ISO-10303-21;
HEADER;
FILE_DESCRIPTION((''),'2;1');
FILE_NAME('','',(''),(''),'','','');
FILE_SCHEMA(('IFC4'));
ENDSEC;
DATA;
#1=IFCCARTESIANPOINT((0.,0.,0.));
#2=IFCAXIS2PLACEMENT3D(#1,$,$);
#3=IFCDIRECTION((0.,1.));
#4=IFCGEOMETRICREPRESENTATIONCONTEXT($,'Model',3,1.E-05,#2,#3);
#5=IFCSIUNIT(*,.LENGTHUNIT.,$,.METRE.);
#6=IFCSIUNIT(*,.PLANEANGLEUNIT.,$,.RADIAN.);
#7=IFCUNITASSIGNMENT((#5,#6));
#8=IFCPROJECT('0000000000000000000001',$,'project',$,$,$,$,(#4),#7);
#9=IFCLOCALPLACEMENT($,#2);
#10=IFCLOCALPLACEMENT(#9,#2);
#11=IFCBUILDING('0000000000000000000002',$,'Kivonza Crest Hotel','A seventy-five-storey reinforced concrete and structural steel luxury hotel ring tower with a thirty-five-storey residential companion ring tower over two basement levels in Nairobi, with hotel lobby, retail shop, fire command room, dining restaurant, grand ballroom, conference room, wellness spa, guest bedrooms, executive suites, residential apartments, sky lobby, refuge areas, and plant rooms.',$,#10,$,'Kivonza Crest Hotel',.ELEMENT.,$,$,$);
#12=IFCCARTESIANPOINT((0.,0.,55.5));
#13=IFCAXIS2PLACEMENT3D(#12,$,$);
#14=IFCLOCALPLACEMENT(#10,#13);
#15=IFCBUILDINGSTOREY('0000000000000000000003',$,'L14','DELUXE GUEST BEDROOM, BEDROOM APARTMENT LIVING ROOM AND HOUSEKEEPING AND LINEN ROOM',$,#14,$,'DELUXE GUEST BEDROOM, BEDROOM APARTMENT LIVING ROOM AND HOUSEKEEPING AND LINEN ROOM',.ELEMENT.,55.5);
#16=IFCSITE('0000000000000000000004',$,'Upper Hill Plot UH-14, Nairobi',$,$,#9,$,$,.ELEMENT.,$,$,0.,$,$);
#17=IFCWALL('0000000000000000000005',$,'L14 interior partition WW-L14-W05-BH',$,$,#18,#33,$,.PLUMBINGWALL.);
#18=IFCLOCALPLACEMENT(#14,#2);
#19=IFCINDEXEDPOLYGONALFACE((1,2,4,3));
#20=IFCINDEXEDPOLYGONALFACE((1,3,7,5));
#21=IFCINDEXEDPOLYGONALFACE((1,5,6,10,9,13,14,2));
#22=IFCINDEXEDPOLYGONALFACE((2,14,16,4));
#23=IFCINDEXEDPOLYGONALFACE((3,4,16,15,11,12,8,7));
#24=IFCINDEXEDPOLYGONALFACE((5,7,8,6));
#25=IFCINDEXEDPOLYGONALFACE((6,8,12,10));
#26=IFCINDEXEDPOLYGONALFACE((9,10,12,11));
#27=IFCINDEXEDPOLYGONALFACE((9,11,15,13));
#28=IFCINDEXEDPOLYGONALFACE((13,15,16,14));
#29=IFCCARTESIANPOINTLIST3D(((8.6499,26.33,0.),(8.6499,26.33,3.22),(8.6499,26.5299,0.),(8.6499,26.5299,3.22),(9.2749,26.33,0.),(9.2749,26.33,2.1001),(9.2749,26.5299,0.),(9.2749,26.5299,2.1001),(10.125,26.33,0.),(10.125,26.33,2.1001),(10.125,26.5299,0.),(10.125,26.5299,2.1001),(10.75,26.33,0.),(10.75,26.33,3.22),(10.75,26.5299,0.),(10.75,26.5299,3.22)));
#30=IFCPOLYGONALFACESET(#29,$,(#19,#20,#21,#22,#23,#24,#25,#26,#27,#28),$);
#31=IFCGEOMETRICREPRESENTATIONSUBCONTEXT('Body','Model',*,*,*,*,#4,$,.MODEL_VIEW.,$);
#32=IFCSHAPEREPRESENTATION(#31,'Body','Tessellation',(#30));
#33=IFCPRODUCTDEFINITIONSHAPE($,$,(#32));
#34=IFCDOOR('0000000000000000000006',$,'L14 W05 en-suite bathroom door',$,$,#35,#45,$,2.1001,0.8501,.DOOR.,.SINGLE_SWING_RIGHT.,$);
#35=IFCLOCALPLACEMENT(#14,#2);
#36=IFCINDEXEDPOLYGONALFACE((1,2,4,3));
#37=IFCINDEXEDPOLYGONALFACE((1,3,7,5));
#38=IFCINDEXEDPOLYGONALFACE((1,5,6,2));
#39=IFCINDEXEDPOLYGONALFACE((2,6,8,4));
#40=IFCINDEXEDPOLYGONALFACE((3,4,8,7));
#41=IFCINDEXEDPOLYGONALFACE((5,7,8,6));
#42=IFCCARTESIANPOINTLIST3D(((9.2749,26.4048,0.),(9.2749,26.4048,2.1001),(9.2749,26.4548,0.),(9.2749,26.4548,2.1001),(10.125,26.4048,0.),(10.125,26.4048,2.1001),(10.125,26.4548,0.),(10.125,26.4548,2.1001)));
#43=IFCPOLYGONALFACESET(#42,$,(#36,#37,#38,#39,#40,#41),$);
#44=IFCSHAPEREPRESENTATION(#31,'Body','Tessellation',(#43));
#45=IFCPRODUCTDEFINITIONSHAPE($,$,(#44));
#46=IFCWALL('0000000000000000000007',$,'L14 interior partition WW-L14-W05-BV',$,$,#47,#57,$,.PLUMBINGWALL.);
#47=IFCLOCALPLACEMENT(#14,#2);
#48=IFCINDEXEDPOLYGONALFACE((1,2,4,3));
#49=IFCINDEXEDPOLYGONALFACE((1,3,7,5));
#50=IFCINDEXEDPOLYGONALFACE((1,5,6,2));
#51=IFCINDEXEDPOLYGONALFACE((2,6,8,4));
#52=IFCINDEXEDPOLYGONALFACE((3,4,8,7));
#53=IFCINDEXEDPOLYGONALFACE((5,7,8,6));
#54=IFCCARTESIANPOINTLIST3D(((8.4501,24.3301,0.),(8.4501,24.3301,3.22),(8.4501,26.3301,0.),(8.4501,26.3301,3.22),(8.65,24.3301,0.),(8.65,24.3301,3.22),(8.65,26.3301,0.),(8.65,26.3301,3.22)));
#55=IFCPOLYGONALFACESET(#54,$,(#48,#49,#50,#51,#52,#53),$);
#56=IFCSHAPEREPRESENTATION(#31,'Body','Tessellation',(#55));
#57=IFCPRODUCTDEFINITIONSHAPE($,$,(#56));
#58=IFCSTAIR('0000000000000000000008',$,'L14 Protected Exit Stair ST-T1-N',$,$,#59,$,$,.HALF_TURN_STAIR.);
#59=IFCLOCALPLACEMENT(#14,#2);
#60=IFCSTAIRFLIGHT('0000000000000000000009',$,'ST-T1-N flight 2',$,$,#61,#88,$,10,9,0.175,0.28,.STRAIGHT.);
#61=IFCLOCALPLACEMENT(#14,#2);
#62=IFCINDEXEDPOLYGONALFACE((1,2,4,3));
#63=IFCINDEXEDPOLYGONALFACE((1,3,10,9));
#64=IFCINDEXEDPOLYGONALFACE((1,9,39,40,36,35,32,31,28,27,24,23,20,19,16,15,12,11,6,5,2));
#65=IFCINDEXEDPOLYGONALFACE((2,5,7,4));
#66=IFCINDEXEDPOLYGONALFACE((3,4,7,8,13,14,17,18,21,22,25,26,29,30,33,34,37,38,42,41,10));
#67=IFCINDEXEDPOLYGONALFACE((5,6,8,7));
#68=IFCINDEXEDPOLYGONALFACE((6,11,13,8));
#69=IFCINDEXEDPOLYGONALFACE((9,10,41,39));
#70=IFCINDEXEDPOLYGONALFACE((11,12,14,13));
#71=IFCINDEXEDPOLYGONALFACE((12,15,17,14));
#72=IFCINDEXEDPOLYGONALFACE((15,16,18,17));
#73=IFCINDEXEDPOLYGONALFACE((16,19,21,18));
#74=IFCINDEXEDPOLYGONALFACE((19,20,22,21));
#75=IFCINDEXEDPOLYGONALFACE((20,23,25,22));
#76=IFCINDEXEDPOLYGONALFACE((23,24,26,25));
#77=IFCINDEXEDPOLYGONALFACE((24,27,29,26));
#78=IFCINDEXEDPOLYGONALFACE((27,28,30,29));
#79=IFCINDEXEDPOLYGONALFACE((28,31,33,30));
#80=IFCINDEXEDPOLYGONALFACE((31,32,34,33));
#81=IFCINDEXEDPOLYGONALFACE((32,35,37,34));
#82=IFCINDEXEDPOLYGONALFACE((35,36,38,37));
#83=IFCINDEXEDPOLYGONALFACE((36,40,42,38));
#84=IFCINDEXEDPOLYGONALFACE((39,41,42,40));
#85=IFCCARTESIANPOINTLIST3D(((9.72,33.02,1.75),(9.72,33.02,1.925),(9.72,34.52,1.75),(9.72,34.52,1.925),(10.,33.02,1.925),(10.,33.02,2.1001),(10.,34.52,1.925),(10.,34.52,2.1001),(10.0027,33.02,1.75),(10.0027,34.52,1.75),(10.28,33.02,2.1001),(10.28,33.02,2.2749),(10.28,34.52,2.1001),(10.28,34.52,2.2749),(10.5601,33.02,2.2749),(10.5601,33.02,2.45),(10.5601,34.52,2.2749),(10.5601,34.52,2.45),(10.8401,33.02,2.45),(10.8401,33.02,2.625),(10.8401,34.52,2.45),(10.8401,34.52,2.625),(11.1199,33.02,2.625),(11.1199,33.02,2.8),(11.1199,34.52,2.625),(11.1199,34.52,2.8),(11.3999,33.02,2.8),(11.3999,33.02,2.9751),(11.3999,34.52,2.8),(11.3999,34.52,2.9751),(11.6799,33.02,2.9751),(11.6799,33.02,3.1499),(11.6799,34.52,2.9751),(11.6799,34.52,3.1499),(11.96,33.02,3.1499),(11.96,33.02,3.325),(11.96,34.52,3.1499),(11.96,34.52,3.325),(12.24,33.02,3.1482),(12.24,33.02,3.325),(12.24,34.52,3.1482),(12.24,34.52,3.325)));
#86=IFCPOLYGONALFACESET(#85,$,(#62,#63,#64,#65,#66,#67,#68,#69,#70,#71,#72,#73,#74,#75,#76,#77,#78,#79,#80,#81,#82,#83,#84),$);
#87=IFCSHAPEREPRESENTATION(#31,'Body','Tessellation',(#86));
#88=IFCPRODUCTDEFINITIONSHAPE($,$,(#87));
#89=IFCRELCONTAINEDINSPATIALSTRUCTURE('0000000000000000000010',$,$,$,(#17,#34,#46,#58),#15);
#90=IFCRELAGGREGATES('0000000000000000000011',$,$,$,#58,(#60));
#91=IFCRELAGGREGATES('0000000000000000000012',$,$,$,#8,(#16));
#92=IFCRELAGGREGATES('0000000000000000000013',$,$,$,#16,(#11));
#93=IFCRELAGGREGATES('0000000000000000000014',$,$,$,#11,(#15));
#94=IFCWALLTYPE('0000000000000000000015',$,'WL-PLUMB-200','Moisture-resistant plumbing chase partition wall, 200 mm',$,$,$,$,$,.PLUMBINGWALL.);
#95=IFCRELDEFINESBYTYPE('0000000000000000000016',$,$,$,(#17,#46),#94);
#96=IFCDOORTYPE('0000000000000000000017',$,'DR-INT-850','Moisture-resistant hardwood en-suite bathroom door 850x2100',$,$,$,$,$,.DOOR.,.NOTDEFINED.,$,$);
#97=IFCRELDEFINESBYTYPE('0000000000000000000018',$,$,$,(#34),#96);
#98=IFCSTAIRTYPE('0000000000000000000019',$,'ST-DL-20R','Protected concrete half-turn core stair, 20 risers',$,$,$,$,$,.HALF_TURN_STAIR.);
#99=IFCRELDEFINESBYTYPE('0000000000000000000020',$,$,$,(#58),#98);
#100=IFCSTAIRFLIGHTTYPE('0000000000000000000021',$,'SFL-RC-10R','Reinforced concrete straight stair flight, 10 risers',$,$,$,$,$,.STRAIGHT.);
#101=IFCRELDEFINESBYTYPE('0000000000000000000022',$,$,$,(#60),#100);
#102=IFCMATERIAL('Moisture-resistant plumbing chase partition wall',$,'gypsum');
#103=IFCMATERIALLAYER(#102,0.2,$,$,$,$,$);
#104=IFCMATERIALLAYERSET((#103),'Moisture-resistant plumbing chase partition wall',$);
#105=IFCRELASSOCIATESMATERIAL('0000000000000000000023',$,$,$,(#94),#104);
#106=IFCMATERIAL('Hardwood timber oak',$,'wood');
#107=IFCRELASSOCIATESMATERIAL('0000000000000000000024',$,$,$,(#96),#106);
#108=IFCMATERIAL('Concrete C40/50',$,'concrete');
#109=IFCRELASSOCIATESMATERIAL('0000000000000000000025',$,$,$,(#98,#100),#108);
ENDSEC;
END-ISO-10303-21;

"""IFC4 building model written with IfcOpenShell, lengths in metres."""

from ifc_helpers import new_model, si_unit, direction, frame, frame_2d, origin, place, context, subcontext, project, spatial, polyline, rectangle, outline, extrude, material, layer, layer_set, type_object, element, fill, aggregate, save


model = new_model("IFC4")

# Units and contexts
model_context = context("Model", 3, precision=1e-05, world=origin(), true_north=direction((0.0, 1.0)))
body_context = subcontext(model_context, "Body", "Model", "MODEL_VIEW")
ifc_project = project(units=[si_unit("LENGTHUNIT", "METRE"), si_unit("PLANEANGLEUNIT", "RADIAN")], contexts=[model_context])

# Site, building, storey
site_placement = place(None, origin())
site = spatial("IfcSite", under=ifc_project, at=site_placement, Name="Upper Hill Plot UH-14, Nairobi", CompositionType="ELEMENT", RefElevation=0.0)
building_placement = place(site_placement, origin())
building = spatial("IfcBuilding", under=site, at=building_placement, Name="Kivonza Crest Hotel", Description="A seventy-five-storey reinforced concrete and structural steel luxury hotel ring tower with a thirty-five-storey residential companion ring tower over two basement levels in Nairobi, with hotel lobby, retail shop, fire command room, dining restaurant, grand ballroom, conference room, wellness spa, guest bedrooms, executive suites, residential apartments, sky lobby, refuge areas, and plant rooms.", LongName="Kivonza Crest Hotel", CompositionType="ELEMENT")
storey_placement = place(building_placement, frame((0.0, 0.0, 55.5)))
storey = spatial("IfcBuildingStorey", under=building, at=storey_placement, Name="L14", Description="DELUXE GUEST BEDROOM, BEDROOM APARTMENT LIVING ROOM AND HOUSEKEEPING AND LINEN ROOM", LongName="DELUXE GUEST BEDROOM, BEDROOM APARTMENT LIVING ROOM AND HOUSEKEEPING AND LINEN ROOM", CompositionType="ELEMENT", Elevation=55.5)

# Shared definitions
ifc_material_1 = material(Name="Hardwood timber oak", Category="wood")

# Wall, opening, door
ifc_material_2 = material(Name="Moisture-resistant plumbing chase partition wall", Category="gypsum")
ifc_layer_1 = layer(ifc_material_2, 0.2)
ifc_layer_set_1 = layer_set([ifc_layer_1], Name="Moisture-resistant plumbing chase partition wall")
wall_type_1 = type_object("IfcWallType", Name="WL-PLUMB-200", Description="Moisture-resistant plumbing chase partition wall, 200 mm", PredefinedType="PLUMBINGWALL", material=ifc_layer_set_1)
wall_1_placement = place(storey_placement, frame((8.6499, 26.4299, 0.0), z_axis=(0.0, 0.0, 1.0), x_axis=(1.0, 0.0, 0.0)))
wall_1 = element("IfcWall", 1, at=wall_1_placement, inside=storey, type_object=wall_type_1, Name="L14 interior partition WW-L14-W05-BH", PredefinedType="PLUMBINGWALL", context=body_context, shape_type="SweptSolid", body=[
    extrude(rectangle(XDim=2.1001, YDim=0.2, at=frame_2d((1.05, 0.0))), origin(), (0.0, 0.0, 1.0), 3.22),
])
opening_1_placement = place(wall_1_placement, frame((0.625, 0.0, 0.0)))
opening_1 = element("IfcOpeningElement", 2, at=opening_1_placement, cuts=wall_1, PredefinedType="OPENING", context=body_context, shape_type="SweptSolid", body=[
    extrude(rectangle(XDim=0.8501, YDim=2.1001, at=frame_2d((0.425, 1.05))), frame((0.0, 0.1099, 0.0), z_axis=(0.0, -1.0, 0.0), x_axis=(1.0, 0.0, 0.0)), (0.0, 0.0, 1.0), 0.22),
])
door_type_1 = type_object("IfcDoorType", Name="DR-INT-850", Description="Moisture-resistant hardwood en-suite bathroom door 850x2100", OperationType="NOTDEFINED", PredefinedType="DOOR", material=ifc_material_1)
door_1_placement = place(opening_1_placement, origin())
door_1 = element("IfcDoor", 3, at=door_1_placement, inside=storey, type_object=door_type_1, Name="L14 W05 en-suite bathroom door", OperationType="SINGLE_SWING_RIGHT", OverallHeight=2.1001, OverallWidth=0.8501, PredefinedType="DOOR", context=body_context, shape_type="SweptSolid", body=[
    extrude(rectangle(XDim=0.8501, YDim=2.1001, at=frame_2d((0.425, 1.05))), frame((0.0, 0.0249, 0.0), z_axis=(0.0, -1.0, 0.0), x_axis=(1.0, 0.0, 0.0)), (0.0, 0.0, 1.0), 0.05),
])
fill(opening_1, door_1)

# Wall
wall_2_placement = place(storey_placement, frame((8.55, 24.3301, 0.0), z_axis=(0.0, 0.0, 1.0), x_axis=(0.0, 1.0, 0.0)))
element("IfcWall", 4, at=wall_2_placement, inside=storey, type_object=wall_type_1, Name="L14 interior partition WW-L14-W05-BV", PredefinedType="PLUMBINGWALL", context=body_context, shape_type="SweptSolid", body=[
    extrude(rectangle(XDim=2.0, YDim=0.2, at=frame_2d((1.0, 0.0))), origin(), (0.0, 0.0, 1.0), 3.22),
])

# Stair, stair flight
ifc_material_3 = material(Name="Concrete C40/50", Category="concrete")
stair_type = type_object("IfcStairType", Name="ST-DL-20R", Description="Protected concrete half-turn core stair, 20 risers", PredefinedType="HALF_TURN_STAIR", material=ifc_material_3)
stair_placement = place(storey_placement, origin())
stair = element("IfcStair", 5, at=stair_placement, inside=storey, type_object=stair_type, Name="L14 Protected Exit Stair ST-T1-N", PredefinedType="HALF_TURN_STAIR")
stair_flight_type = type_object("IfcStairFlightType", Name="SFL-RC-10R", Description="Reinforced concrete straight stair flight, 10 risers", PredefinedType="STRAIGHT", material=ifc_material_3)
stair_flight_placement = place(storey_placement, frame((9.72, 33.77, 1.75), z_axis=(0.0, 0.0, 1.0), x_axis=(1.0, 0.0, 0.0)))
stair_flight = element("IfcStairFlight", 6, at=stair_flight_placement, type_object=stair_flight_type, Name="ST-T1-N flight 2", NumberOfRisers=10, NumberOfTreads=9, PredefinedType="STRAIGHT", RiserHeight=0.175, TreadLength=0.28, context=body_context, shape_type="SweptSolid", body=[
    extrude(outline(polyline([(0.0, 0.0), (0.0, 0.175), (0.28, 0.175), (0.28, 0.3501), (0.5601, 0.3501), (0.5601, 0.5249), (0.8401, 0.5249), (0.8401, 0.7), (1.1201, 0.7), (1.1201, 0.875), (1.3999, 0.875), (1.3999, 1.05), (1.6799, 1.05), (1.6799, 1.2251), (1.96, 1.2251), (1.96, 1.3999), (2.24, 1.3999), (2.24, 1.575), (2.52, 1.575), (2.52, 1.75), (2.52, 1.3982), (0.2827, 0.0), (0.0, 0.0)])), frame((0.0, 0.75, 0.0), z_axis=(0.0, -1.0, 0.0), x_axis=(1.0, 0.0, 0.0)), (0.0, 0.0, 1.0), 1.5),
])
aggregate(stair, [stair_flight])

save(model, "model.ifc")
